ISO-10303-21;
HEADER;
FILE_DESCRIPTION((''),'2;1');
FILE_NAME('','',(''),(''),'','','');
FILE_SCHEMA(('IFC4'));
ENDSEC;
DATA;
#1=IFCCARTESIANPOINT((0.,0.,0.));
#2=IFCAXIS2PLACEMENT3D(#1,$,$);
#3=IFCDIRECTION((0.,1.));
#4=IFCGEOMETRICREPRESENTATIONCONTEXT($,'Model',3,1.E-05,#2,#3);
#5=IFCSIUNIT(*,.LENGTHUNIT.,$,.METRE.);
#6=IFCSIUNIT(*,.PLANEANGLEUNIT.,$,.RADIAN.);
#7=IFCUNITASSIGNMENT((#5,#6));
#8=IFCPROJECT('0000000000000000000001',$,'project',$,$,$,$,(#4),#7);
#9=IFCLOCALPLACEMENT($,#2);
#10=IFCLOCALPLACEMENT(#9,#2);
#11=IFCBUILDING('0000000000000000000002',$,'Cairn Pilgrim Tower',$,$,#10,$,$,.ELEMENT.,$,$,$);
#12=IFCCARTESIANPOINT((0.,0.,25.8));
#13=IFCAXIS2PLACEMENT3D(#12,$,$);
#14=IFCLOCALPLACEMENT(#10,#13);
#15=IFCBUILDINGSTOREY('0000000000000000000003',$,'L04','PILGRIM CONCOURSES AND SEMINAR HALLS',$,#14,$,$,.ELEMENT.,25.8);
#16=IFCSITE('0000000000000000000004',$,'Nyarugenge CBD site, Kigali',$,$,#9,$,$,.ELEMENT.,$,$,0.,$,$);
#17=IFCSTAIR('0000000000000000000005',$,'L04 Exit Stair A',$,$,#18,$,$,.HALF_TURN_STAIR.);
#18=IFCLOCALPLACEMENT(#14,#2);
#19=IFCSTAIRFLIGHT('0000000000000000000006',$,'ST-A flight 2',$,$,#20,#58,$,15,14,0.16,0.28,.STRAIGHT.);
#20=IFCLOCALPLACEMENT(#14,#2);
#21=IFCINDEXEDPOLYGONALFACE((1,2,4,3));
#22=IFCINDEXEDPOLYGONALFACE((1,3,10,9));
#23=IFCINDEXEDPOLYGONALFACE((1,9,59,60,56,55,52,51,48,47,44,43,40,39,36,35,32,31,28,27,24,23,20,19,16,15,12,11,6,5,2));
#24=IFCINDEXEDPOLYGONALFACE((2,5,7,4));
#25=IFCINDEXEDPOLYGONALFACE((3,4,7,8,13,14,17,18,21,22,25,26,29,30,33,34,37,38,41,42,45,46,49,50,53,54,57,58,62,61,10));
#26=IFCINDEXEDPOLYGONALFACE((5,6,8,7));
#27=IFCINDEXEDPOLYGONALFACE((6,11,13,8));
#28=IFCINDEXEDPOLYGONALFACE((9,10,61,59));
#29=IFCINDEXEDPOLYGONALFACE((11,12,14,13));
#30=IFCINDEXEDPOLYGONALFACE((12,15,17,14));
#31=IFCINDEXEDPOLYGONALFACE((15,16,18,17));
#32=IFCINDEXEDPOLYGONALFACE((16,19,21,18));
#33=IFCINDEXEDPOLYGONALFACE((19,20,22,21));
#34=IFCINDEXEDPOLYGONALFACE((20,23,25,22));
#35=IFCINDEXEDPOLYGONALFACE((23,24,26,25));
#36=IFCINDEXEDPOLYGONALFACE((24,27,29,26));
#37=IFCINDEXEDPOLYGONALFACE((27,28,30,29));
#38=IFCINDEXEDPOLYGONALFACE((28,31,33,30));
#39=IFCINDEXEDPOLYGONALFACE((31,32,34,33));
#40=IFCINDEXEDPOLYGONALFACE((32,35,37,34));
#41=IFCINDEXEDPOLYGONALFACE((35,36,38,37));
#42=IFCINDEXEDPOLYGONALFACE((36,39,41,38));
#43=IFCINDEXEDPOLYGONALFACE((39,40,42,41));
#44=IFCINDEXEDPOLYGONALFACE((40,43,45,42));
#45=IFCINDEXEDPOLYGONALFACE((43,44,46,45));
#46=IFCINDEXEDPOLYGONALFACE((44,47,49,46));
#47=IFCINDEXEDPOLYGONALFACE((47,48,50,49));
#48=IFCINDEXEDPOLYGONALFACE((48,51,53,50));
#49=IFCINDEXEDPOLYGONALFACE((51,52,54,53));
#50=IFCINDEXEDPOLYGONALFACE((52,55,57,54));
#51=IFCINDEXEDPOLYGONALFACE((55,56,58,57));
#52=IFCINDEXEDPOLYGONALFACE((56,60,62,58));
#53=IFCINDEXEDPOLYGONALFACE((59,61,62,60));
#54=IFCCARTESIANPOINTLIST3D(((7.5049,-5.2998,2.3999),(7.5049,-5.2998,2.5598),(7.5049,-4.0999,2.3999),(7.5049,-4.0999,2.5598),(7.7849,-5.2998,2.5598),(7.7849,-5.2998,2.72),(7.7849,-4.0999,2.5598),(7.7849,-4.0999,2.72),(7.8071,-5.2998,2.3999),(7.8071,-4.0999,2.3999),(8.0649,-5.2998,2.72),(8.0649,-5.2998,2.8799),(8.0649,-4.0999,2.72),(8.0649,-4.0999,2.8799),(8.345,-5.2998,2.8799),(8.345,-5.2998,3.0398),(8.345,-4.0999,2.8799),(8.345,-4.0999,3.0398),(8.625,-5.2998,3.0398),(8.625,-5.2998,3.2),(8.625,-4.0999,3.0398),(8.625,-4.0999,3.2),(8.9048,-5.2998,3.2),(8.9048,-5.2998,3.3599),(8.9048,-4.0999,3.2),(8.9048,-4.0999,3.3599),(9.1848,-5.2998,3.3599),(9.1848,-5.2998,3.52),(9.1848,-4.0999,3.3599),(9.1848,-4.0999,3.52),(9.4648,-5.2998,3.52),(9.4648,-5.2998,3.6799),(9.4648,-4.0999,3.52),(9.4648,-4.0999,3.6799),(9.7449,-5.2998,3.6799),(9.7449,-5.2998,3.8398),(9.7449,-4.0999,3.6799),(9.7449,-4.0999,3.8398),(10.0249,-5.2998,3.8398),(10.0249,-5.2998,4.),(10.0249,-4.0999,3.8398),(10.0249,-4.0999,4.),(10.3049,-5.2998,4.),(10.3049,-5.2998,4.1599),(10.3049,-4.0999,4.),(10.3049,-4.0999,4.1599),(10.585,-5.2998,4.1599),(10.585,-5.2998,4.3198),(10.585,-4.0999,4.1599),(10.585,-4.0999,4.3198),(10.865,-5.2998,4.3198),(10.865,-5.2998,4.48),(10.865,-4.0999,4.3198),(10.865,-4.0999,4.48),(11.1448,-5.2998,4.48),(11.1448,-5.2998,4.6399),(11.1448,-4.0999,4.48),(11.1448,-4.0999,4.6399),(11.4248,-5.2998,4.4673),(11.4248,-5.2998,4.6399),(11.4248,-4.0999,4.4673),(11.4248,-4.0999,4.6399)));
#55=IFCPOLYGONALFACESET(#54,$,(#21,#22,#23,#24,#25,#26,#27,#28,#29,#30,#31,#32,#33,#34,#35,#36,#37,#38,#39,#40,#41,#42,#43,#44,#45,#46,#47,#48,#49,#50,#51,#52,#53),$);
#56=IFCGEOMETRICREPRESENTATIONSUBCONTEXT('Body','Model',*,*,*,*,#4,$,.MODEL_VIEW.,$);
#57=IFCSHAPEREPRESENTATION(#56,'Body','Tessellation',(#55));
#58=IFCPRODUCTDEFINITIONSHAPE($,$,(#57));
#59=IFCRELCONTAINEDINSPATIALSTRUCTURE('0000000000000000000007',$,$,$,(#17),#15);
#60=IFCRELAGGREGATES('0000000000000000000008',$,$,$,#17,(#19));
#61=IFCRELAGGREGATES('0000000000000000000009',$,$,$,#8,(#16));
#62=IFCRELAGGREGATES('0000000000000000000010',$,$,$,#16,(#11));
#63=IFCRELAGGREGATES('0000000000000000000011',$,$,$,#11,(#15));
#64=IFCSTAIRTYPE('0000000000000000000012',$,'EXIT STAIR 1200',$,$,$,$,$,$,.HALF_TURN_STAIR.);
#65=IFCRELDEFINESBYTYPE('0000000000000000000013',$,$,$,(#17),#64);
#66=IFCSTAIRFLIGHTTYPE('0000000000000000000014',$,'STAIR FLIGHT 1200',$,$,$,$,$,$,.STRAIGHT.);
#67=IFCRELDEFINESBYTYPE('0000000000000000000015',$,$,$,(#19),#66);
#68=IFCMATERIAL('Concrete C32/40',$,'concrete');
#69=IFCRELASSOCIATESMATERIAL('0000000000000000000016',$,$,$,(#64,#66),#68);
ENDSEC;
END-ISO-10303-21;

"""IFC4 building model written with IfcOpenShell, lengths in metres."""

from ifc_helpers import new_model, si_unit, direction, frame, origin, place, context, subcontext, project, spatial, polyline, outline, extrude, material, type_object, element, aggregate, save


model = new_model("IFC4")

# Units and contexts
model_context = context("Model", 3, precision=1e-05, world=origin(), true_north=direction((0.0, 1.0)))
body_context = subcontext(model_context, "Body", "Model", "MODEL_VIEW")
ifc_project = project(units=[si_unit("LENGTHUNIT", "METRE"), si_unit("PLANEANGLEUNIT", "RADIAN")], contexts=[model_context])

# Site, building, storey
site_placement = place(None, origin())
site = spatial("IfcSite", under=ifc_project, at=site_placement, Name="Nyarugenge CBD site, Kigali", CompositionType="ELEMENT", RefElevation=0.0)
building_placement = place(site_placement, origin())
building = spatial("IfcBuilding", under=site, at=building_placement, Name="Cairn Pilgrim Tower", CompositionType="ELEMENT")
storey_placement = place(building_placement, frame((0.0, 0.0, 25.8)))
storey = spatial("IfcBuildingStorey", under=building, at=storey_placement, Name="L04", Description="PILGRIM CONCOURSES AND SEMINAR HALLS", CompositionType="ELEMENT", Elevation=25.8)

# Shared definitions
ifc_material_1 = material(Name="Concrete C32/40", Category="concrete")

# Stair, stair flight
stair_type = type_object("IfcStairType", Name="EXIT STAIR 1200", PredefinedType="HALF_TURN_STAIR", material=ifc_material_1)
stair_placement = place(storey_placement, origin())
stair = element("IfcStair", 1, at=stair_placement, inside=storey, type_object=stair_type, Name="L04 Exit Stair A", PredefinedType="HALF_TURN_STAIR")
stair_flight_type = type_object("IfcStairFlightType", Name="STAIR FLIGHT 1200", PredefinedType="STRAIGHT", material=ifc_material_1)
stair_flight_1_placement = place(storey_placement, frame((7.5049, -4.7, 2.3999), z_axis=(0.0, 0.0, 1.0), x_axis=(1.0, 0.0, 0.0)))
stair_flight_1 = element("IfcStairFlight", 2, at=stair_flight_1_placement, type_object=stair_flight_type, Name="ST-A flight 2", NumberOfRisers=15, NumberOfTreads=14, PredefinedType="STRAIGHT", RiserHeight=0.16, TreadLength=0.28, context=body_context, shape_type="SweptSolid", body=[
    extrude(outline(polyline([(0.0, 0.0), (0.0, 0.1599), (0.28, 0.1599), (0.28, 0.3201), (0.5601, 0.3201), (0.5601, 0.48), (0.8401, 0.48), (0.8401, 0.6399), (1.1201, 0.6399), (1.1201, 0.8), (1.3999, 0.8), (1.3999, 0.96), (1.6799, 0.96), (1.6799, 1.1201), (1.96, 1.1201), (1.96, 1.28), (2.24, 1.28), (2.24, 1.4399), (2.52, 1.4399), (2.52, 1.6001), (2.8, 1.6001), (2.8, 1.76), (3.0801, 1.76), (3.0801, 1.9199), (3.3601, 1.9199), (3.3601, 2.0801), (3.6399, 2.0801), (3.6399, 2.24), (3.9199, 2.24), (3.9199, 2.3999), (3.9199, 2.0674), (0.3022, 0.0), (0.0, 0.0)])), frame((0.0, 0.6001, 0.0), z_axis=(0.0, -1.0, 0.0), x_axis=(1.0, 0.0, 0.0)), (0.0, 0.0, 1.0), 1.2),
])
aggregate(stair, [stair_flight_1])

save(model, "model.ifc")
